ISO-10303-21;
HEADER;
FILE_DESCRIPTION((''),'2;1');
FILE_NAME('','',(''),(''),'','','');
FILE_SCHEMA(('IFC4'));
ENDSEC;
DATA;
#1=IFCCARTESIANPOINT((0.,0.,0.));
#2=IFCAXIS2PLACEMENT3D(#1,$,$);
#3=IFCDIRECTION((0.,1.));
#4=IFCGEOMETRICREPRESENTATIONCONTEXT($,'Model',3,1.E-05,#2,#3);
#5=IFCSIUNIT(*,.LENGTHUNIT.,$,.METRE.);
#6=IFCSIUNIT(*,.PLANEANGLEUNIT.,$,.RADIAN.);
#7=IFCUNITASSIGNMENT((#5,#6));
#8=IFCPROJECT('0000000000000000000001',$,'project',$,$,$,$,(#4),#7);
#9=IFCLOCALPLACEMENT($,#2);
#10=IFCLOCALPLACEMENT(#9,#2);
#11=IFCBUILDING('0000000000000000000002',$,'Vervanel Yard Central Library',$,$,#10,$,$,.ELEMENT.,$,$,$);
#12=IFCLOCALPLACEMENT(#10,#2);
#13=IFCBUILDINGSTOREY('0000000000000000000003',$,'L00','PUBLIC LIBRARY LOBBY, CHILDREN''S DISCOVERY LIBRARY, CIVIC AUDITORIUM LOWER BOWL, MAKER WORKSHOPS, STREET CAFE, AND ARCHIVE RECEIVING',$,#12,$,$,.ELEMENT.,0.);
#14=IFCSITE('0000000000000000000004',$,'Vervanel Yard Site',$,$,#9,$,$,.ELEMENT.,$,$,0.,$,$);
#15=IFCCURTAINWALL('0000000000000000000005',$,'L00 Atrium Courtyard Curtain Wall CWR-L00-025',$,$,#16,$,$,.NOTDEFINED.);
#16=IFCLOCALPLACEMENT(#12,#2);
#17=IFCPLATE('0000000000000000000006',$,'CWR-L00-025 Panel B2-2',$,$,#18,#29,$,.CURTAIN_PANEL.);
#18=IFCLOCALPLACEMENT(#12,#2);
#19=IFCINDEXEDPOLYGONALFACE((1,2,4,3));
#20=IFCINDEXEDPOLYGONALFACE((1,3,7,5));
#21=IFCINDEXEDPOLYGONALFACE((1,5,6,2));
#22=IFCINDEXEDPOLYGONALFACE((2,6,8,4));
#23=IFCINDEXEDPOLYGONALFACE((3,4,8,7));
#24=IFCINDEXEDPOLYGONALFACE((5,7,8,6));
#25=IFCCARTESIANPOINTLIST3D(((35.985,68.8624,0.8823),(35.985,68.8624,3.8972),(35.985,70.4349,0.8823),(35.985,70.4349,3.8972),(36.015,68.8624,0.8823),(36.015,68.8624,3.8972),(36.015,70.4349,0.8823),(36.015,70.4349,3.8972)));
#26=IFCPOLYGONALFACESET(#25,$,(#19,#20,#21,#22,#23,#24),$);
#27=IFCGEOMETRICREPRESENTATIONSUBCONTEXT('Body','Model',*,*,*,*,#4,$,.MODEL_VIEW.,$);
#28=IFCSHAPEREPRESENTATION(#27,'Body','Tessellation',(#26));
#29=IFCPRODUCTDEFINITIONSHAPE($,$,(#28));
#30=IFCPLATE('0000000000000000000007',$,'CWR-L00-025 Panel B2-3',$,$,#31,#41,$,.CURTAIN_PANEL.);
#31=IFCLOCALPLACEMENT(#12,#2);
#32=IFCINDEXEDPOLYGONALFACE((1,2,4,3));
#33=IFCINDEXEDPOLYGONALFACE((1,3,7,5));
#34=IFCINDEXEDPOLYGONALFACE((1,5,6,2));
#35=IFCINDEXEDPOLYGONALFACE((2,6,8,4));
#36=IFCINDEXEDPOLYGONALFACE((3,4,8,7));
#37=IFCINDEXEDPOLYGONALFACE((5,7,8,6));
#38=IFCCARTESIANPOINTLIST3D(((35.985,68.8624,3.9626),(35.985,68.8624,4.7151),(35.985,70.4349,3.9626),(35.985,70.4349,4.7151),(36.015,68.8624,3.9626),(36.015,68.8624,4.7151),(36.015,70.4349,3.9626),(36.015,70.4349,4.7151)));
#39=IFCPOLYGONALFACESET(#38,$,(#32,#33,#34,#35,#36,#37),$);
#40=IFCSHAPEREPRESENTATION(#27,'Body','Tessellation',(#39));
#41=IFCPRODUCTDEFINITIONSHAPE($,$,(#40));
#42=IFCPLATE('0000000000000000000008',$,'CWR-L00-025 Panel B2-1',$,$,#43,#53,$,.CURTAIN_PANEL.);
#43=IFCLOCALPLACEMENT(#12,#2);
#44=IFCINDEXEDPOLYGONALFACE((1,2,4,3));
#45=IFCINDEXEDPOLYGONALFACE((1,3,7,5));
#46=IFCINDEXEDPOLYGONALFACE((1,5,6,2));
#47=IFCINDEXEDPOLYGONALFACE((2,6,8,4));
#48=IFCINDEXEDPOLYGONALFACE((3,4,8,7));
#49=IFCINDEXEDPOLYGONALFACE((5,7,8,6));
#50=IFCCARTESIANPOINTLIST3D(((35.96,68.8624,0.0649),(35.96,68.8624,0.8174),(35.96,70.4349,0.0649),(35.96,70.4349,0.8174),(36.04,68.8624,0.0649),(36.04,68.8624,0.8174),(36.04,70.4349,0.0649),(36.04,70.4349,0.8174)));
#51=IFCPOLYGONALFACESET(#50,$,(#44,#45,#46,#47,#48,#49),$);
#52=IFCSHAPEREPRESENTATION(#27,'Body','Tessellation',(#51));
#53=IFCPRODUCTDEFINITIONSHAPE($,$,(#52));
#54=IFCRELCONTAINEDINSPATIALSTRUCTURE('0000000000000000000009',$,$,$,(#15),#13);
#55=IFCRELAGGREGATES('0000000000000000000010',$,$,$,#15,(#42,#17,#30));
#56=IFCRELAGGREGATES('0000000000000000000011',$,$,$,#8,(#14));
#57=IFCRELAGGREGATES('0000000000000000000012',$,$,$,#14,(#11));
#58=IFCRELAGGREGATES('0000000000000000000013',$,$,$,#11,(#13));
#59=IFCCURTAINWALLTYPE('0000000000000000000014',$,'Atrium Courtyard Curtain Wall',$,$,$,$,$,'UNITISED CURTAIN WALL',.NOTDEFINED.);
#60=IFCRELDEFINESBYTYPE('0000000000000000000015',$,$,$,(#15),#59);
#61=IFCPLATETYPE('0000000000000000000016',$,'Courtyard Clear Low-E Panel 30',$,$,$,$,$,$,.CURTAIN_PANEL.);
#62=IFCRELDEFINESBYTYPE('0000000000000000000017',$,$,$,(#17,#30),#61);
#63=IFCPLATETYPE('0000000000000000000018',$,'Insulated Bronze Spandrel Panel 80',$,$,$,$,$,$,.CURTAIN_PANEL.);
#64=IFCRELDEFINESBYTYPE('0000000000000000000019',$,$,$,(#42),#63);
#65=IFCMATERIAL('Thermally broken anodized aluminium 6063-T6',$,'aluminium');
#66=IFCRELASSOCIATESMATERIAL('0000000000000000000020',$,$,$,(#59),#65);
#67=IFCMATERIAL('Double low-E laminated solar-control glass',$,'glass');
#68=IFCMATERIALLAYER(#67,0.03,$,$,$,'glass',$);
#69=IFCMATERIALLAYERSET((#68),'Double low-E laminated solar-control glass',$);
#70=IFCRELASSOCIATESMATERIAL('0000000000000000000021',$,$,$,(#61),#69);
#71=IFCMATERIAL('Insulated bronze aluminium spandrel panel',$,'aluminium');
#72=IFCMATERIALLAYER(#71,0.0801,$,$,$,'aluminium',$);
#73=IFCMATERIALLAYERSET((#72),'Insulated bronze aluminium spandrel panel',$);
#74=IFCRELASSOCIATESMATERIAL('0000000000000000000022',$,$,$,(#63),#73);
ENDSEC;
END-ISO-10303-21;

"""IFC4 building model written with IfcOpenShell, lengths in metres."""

from ifc_helpers import new_model, si_unit, direction, frame, origin, origin_2d, place, context, subcontext, project, spatial, rectangle, extrude, material, layer, layer_set, type_object, element, aggregate, save


model = new_model("IFC4")

# Units and contexts
model_context = context("Model", 3, precision=1e-05, world=origin(), true_north=direction((0.0, 1.0)))
body_context = subcontext(model_context, "Body", "Model", "MODEL_VIEW")
ifc_project = project(units=[si_unit("LENGTHUNIT", "METRE"), si_unit("PLANEANGLEUNIT", "RADIAN")], contexts=[model_context])

# Site, building, storey
site_placement = place(None, origin())
site = spatial("IfcSite", under=ifc_project, at=site_placement, Name="Vervanel Yard Site", CompositionType="ELEMENT", RefElevation=0.0)
building_placement = place(site_placement, origin())
building = spatial("IfcBuilding", under=site, at=building_placement, Name="Vervanel Yard Central Library", CompositionType="ELEMENT")
storey_placement = place(building_placement, origin())
storey = spatial("IfcBuildingStorey", under=building, at=storey_placement, Name="L00", Description="PUBLIC LIBRARY LOBBY, CHILDREN'S DISCOVERY LIBRARY, CIVIC AUDITORIUM LOWER BOWL, MAKER WORKSHOPS, STREET CAFE, AND ARCHIVE RECEIVING", CompositionType="ELEMENT", Elevation=0.0)

# Curtain wall
ifc_material_1 = material(Name="Thermally broken anodized aluminium 6063-T6", Category="aluminium")
curtain_wall_type = type_object("IfcCurtainWallType", Name="Atrium Courtyard Curtain Wall", ElementType="UNITISED CURTAIN WALL", PredefinedType="NOTDEFINED", material=ifc_material_1)
curtain_wall_1_placement = place(storey_placement, origin())
curtain_wall_1 = element("IfcCurtainWall", 1, at=curtain_wall_1_placement, inside=storey, type_object=curtain_wall_type, Name="L00 Atrium Courtyard Curtain Wall CWR-L00-025", PredefinedType="NOTDEFINED")

# Plates
ifc_material_2 = material(Name="Double low-E laminated solar-control glass", Category="glass")
ifc_layer_1 = layer(ifc_material_2, 0.03, Category="glass")
ifc_layer_set_1 = layer_set([ifc_layer_1], Name="Double low-E laminated solar-control glass")
plate_type_1 = type_object("IfcPlateType", Name="Courtyard Clear Low-E Panel 30", PredefinedType="CURTAIN_PANEL", material=ifc_layer_set_1)
plate_1_placement = place(storey_placement, frame((36.0, 69.6487, 0.8823), z_axis=(0.0, 0.0, 1.0), x_axis=(0.0, 1.0, 0.0)))
plate_1 = element("IfcPlate", 2, at=plate_1_placement, type_object=plate_type_1, Name="CWR-L00-025 Panel B2-2", PredefinedType="CURTAIN_PANEL", context=body_context, shape_type="SweptSolid", body=[
    extrude(rectangle(XDim=1.5725, YDim=0.03, at=origin_2d()), origin(), (0.0, 0.0, 1.0), 3.0149),
])
plate_2_placement = place(storey_placement, frame((36.0, 69.6487, 3.9626), z_axis=(0.0, 0.0, 1.0), x_axis=(0.0, 1.0, 0.0)))
plate_2 = element("IfcPlate", 3, at=plate_2_placement, type_object=plate_type_1, Name="CWR-L00-025 Panel B2-3", PredefinedType="CURTAIN_PANEL", context=body_context, shape_type="SweptSolid", body=[
    extrude(rectangle(XDim=1.5725, YDim=0.03, at=origin_2d()), origin(), (0.0, 0.0, 1.0), 0.7524),
])
ifc_material_3 = material(Name="Insulated bronze aluminium spandrel panel", Category="aluminium")
ifc_layer_2 = layer(ifc_material_3, 0.0801, Category="aluminium")
ifc_layer_set_2 = layer_set([ifc_layer_2], Name="Insulated bronze aluminium spandrel panel")
plate_type_2 = type_object("IfcPlateType", Name="Insulated Bronze Spandrel Panel 80", PredefinedType="CURTAIN_PANEL", material=ifc_layer_set_2)
plate_3_placement = place(storey_placement, frame((36.0, 69.6487, 0.0649), z_axis=(0.0, 0.0, 1.0), x_axis=(0.0, 1.0, 0.0)))
plate_3 = element("IfcPlate", 4, at=plate_3_placement, type_object=plate_type_2, Name="CWR-L00-025 Panel B2-1", PredefinedType="CURTAIN_PANEL", context=body_context, shape_type="SweptSolid", body=[
    extrude(rectangle(XDim=1.5725, YDim=0.0801, at=origin_2d()), origin(), (0.0, 0.0, 1.0), 0.7524),
])
aggregate(curtain_wall_1, [plate_3, plate_1, plate_2])

save(model, "model.ifc")
